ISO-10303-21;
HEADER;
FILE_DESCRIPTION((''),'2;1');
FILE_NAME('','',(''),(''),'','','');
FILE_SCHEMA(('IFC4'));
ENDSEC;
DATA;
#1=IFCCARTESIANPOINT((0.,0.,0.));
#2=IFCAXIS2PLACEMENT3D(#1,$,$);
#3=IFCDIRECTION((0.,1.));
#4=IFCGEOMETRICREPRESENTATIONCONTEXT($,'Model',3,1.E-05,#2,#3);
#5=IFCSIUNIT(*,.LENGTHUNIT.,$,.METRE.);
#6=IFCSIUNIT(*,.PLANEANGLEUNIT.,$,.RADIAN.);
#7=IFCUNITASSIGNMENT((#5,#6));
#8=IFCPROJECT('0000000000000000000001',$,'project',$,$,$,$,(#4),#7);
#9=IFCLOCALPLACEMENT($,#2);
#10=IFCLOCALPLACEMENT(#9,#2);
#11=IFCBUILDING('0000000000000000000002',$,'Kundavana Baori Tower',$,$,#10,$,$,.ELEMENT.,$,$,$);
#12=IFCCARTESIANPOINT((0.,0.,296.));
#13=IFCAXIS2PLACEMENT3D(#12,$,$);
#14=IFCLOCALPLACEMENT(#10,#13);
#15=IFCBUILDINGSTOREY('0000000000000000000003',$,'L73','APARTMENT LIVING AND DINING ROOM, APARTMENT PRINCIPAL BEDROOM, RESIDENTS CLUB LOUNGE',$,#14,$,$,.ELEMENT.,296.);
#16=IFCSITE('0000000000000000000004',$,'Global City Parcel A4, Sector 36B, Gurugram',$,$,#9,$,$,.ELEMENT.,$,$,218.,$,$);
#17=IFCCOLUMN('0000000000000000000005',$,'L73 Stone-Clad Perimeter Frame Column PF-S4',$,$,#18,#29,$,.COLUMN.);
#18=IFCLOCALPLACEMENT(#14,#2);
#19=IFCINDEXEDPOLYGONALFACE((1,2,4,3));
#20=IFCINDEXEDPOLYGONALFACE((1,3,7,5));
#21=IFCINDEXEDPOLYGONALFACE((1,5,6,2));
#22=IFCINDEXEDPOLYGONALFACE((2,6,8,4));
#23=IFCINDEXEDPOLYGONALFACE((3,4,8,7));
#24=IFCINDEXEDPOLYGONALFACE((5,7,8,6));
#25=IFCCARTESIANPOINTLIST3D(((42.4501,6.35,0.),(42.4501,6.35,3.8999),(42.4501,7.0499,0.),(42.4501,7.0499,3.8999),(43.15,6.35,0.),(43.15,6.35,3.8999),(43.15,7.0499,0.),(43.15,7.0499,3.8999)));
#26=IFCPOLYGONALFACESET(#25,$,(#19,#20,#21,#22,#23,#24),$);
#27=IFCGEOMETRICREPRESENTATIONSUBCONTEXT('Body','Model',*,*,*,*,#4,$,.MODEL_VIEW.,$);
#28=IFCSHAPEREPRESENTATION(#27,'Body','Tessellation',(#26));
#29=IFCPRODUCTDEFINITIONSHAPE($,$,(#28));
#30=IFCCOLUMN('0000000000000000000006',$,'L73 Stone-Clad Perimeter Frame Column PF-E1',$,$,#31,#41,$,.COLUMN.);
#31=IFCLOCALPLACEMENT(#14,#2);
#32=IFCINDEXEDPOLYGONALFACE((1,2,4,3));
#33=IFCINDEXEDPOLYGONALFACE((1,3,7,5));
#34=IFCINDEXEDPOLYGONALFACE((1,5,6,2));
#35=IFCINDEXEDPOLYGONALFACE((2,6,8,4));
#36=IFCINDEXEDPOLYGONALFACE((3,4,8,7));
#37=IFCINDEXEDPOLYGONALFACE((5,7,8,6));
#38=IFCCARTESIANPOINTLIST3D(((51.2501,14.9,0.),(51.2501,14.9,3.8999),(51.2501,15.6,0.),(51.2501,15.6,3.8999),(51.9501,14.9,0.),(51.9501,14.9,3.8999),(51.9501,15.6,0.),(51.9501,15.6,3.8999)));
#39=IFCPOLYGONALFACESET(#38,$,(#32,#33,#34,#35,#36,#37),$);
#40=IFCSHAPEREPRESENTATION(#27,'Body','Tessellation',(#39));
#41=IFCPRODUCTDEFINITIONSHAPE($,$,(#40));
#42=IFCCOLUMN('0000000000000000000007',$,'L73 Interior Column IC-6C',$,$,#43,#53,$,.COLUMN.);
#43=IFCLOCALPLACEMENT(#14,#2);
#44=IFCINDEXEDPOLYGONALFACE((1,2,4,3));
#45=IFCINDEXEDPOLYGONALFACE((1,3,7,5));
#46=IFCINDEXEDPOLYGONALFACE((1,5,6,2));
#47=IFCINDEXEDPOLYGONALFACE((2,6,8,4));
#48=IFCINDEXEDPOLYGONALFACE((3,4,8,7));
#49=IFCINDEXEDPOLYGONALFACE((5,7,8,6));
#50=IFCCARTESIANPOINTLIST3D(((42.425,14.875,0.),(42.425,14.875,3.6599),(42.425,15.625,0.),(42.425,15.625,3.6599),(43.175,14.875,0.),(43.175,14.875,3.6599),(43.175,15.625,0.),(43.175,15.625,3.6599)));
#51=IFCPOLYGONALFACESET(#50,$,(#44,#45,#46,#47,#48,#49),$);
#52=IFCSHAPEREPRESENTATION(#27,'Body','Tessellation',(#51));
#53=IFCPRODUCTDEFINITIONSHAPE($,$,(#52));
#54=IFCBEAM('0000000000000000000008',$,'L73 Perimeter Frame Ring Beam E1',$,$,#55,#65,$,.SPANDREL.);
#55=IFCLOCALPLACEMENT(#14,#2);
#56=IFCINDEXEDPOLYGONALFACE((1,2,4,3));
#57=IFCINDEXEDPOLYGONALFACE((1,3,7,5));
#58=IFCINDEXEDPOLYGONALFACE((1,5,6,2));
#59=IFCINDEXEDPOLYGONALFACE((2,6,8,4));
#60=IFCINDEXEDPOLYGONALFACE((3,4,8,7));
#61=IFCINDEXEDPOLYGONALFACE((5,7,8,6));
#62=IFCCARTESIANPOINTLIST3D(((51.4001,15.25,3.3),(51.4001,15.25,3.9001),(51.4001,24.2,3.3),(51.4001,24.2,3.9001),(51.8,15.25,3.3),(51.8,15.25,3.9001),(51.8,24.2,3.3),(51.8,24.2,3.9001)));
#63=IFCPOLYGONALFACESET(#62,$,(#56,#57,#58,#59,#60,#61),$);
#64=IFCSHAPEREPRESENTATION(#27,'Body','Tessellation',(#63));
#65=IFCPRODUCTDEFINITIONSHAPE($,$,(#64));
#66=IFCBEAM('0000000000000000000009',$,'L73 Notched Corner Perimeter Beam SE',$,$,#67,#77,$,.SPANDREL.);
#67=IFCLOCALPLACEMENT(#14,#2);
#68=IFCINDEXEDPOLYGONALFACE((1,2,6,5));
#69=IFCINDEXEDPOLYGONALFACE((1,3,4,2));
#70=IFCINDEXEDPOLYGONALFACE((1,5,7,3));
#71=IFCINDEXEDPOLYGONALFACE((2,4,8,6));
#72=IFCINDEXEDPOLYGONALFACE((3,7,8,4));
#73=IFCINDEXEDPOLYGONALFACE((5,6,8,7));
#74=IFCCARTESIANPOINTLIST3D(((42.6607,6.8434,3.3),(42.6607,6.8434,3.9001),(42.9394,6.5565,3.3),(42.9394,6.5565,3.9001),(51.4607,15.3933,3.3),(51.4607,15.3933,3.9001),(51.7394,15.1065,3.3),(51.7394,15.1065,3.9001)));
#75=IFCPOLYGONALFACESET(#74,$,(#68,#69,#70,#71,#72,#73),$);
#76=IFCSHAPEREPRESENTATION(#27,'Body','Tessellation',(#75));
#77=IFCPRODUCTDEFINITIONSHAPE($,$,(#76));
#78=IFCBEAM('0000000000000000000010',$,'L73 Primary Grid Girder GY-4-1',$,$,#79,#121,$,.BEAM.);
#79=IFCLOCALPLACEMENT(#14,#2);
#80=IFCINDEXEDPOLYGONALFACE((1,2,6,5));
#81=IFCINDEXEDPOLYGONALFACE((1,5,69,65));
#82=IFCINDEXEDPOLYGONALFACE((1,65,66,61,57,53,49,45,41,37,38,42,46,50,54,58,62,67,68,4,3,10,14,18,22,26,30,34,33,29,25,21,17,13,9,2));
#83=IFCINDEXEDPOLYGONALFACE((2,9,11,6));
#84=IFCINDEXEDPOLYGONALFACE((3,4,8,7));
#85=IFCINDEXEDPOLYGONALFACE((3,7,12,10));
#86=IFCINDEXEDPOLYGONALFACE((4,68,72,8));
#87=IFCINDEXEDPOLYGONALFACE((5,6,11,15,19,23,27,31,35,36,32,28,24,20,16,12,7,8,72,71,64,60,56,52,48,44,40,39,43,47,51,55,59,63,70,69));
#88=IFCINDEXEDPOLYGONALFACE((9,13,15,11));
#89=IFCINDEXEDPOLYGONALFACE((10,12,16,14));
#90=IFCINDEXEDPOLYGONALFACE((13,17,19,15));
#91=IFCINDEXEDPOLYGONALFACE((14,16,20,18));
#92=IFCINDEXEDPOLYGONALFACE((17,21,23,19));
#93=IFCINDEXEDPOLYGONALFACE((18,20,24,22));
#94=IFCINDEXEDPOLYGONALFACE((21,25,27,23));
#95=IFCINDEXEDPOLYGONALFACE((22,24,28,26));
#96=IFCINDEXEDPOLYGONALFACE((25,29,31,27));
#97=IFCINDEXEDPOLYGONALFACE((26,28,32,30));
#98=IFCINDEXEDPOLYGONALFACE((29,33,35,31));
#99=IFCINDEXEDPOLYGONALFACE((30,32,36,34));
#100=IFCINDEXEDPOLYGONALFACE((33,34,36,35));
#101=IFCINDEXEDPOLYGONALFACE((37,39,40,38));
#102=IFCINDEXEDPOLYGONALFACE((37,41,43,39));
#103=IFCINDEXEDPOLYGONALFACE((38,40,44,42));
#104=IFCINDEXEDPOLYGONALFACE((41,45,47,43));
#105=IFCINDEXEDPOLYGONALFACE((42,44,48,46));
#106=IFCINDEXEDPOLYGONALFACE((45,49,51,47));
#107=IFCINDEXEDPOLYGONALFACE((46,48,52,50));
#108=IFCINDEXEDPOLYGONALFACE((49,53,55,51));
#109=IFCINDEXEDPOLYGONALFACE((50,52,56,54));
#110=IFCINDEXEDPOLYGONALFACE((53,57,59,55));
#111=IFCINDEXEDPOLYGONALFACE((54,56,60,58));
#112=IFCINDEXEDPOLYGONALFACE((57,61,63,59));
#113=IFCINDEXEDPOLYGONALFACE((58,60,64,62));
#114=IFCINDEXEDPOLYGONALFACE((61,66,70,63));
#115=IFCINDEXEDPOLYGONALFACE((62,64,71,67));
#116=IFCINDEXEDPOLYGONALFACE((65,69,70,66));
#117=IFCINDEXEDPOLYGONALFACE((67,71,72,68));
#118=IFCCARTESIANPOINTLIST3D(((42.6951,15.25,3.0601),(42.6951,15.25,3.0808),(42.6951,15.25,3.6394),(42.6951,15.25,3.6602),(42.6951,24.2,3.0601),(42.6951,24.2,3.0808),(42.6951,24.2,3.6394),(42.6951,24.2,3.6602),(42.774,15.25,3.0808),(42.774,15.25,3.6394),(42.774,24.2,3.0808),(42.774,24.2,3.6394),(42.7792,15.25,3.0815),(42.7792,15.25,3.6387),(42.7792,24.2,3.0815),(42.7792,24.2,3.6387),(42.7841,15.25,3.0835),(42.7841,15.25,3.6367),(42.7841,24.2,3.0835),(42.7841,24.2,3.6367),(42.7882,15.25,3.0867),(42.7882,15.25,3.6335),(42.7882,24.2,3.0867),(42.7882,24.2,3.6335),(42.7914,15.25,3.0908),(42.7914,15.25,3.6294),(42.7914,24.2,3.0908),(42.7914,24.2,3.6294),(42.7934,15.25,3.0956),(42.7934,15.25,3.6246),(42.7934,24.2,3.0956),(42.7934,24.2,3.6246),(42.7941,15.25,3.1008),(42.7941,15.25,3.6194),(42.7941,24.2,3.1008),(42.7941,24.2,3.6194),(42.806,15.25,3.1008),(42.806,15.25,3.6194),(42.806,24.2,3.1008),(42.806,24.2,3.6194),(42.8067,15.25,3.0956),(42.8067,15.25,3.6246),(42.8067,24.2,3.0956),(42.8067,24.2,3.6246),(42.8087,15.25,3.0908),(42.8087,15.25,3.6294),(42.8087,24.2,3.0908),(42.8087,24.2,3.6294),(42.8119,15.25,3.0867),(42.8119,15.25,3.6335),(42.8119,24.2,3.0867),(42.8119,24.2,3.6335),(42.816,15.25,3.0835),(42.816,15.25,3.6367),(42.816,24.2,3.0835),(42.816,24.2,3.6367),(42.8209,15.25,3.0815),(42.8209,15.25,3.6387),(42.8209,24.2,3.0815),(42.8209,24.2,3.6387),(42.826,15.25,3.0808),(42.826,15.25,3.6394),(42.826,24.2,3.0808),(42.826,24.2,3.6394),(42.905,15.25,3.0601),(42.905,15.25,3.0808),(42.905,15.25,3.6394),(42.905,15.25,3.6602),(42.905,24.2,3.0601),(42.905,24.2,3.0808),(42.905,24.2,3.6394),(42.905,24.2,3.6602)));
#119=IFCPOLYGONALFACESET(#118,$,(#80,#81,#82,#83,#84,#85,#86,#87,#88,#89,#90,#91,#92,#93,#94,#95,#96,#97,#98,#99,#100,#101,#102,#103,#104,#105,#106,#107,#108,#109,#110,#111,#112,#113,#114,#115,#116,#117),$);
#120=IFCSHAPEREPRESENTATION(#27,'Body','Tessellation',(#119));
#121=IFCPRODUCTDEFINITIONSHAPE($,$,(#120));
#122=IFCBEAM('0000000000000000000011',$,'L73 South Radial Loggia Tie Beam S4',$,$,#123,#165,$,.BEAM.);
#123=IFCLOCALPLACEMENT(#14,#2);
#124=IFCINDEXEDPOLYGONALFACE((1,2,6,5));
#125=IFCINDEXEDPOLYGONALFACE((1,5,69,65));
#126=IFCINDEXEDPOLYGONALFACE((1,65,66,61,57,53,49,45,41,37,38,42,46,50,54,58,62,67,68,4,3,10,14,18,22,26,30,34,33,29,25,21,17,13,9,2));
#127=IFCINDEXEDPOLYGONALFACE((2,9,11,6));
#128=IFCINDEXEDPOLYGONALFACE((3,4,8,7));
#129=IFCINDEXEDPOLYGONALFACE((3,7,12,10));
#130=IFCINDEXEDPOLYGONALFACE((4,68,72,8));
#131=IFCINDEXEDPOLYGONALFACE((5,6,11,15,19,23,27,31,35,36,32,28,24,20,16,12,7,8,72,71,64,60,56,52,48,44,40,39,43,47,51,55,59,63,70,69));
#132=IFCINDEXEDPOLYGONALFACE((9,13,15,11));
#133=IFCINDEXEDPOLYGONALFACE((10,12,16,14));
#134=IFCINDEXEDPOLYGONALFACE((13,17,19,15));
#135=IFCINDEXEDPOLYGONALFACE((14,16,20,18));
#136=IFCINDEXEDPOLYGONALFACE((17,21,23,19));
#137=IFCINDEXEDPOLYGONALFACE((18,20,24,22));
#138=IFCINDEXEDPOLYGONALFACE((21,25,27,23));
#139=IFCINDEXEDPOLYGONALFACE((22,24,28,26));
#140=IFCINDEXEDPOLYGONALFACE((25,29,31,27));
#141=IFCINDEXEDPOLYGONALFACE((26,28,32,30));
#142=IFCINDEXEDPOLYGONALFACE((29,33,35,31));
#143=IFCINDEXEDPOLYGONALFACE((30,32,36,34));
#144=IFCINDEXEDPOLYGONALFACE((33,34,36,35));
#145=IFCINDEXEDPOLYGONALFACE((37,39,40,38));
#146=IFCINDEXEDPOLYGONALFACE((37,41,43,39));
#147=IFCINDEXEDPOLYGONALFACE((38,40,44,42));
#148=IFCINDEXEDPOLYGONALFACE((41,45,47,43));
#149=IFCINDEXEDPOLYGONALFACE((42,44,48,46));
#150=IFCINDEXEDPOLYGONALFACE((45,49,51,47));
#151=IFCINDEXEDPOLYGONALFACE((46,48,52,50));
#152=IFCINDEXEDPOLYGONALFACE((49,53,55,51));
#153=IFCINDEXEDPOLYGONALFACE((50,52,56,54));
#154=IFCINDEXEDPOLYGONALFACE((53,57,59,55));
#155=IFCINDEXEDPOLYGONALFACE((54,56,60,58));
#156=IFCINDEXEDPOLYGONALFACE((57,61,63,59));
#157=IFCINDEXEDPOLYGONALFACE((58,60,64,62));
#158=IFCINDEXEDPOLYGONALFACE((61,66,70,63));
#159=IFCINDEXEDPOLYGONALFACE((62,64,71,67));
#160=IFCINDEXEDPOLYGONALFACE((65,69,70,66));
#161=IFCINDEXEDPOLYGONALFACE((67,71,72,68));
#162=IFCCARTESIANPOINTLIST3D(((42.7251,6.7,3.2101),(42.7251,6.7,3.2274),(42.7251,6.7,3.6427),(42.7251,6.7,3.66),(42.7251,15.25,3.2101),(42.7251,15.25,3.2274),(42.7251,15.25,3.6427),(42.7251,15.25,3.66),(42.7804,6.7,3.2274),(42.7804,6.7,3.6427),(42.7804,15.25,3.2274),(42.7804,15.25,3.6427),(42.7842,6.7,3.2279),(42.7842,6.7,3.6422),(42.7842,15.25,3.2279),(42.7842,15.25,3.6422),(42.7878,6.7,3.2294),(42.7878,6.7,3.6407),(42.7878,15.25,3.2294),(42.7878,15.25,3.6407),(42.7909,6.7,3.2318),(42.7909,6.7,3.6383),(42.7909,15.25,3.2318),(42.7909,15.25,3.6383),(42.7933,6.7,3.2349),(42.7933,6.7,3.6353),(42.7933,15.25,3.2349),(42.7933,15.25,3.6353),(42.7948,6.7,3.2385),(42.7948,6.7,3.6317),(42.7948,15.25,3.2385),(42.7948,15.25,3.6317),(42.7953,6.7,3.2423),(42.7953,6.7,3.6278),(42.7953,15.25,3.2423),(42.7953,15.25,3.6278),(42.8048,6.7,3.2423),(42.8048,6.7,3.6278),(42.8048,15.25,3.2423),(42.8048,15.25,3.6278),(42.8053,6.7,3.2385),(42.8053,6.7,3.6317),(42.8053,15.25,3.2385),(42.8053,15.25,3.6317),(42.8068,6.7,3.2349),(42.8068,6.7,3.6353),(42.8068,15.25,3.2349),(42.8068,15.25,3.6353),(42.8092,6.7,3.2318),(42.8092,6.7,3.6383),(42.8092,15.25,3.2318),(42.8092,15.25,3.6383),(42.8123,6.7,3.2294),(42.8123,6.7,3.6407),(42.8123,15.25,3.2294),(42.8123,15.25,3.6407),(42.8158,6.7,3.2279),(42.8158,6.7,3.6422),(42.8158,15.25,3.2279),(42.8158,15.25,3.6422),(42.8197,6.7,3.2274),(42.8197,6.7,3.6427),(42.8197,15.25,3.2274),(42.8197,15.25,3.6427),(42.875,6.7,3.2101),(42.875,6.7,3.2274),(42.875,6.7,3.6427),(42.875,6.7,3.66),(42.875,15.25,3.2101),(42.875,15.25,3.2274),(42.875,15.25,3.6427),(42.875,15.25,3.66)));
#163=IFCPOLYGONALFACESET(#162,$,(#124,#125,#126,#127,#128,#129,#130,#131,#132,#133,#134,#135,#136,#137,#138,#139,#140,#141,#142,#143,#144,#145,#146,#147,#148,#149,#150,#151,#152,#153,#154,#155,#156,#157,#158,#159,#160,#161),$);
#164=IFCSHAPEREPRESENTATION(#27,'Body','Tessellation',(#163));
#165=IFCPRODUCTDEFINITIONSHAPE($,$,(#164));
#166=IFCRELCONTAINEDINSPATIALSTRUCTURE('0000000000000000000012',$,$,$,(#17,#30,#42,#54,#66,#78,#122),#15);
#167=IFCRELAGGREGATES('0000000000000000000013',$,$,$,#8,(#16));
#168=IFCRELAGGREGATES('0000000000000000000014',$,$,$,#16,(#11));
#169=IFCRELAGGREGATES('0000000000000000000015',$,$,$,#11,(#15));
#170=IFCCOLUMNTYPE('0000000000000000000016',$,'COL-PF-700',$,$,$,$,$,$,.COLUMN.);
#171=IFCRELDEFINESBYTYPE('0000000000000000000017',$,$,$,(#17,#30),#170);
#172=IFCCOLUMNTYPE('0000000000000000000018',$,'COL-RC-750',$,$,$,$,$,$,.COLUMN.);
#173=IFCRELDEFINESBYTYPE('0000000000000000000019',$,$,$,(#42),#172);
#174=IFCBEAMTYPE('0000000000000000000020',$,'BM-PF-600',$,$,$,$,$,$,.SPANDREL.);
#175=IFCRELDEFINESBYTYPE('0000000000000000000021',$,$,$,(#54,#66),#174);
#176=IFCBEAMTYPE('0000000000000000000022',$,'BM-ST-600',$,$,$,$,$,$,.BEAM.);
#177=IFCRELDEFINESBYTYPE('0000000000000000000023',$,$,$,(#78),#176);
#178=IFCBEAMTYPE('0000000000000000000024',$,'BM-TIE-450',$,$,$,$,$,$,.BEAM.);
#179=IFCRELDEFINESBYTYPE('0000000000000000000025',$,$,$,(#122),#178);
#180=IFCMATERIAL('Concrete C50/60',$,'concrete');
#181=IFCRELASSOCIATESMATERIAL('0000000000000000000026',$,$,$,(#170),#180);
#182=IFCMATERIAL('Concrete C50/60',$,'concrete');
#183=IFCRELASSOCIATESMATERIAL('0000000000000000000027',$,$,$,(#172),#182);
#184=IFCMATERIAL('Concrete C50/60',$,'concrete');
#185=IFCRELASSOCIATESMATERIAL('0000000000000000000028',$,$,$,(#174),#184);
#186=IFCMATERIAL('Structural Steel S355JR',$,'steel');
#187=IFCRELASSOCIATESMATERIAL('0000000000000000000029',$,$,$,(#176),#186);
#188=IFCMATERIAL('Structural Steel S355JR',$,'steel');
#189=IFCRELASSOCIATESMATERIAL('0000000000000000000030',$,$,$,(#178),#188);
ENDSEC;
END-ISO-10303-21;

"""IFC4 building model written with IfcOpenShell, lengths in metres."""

from ifc_helpers import new_model, si_unit, direction, frame, origin, origin_2d, place, context, subcontext, project, spatial, rectangle, i_section, extrude, material, material_profile, profile_set, type_object, element, save


model = new_model("IFC4")

# Units and contexts
model_context = context("Model", 3, precision=1e-05, world=origin(), true_north=direction((0.0, 1.0)))
body_context = subcontext(model_context, "Body", "Model", "MODEL_VIEW")
ifc_project = project(units=[si_unit("LENGTHUNIT", "METRE"), si_unit("PLANEANGLEUNIT", "RADIAN")], contexts=[model_context])

# Site, building, storey
site_placement = place(None, origin())
site = spatial("IfcSite", under=ifc_project, at=site_placement, Name="Global City Parcel A4, Sector 36B, Gurugram", CompositionType="ELEMENT", RefElevation=218.0)
building_placement = place(site_placement, origin())
building = spatial("IfcBuilding", under=site, at=building_placement, Name="Kundavana Baori Tower", CompositionType="ELEMENT")
storey_placement = place(building_placement, frame((0.0, 0.0, 296.0)))
storey = spatial("IfcBuildingStorey", under=building, at=storey_placement, Name="L73", Description="APARTMENT LIVING AND DINING ROOM, APARTMENT PRINCIPAL BEDROOM, RESIDENTS CLUB LOUNGE", CompositionType="ELEMENT", Elevation=296.0)

# Columns
ifc_material_1 = material(Name="Concrete C50/60", Category="concrete")
ifc_material_profile_1 = material_profile(ifc_material_1, rectangle(XDim=0.7, YDim=0.7, at=origin_2d()), Name="RC PF 700x700")
ifc_profile_set_1 = profile_set([ifc_material_profile_1], Name="Concrete C50/60")
column_type_1 = type_object("IfcColumnType", Name="COL-PF-700", PredefinedType="COLUMN", material=ifc_profile_set_1)
for number, where, z_axis, x_axis, name in (
    (1, (42.8, 6.7, 0.0), (0.0, 0.0, 1.0), (1.0, 0.0, 0.0), "L73 Stone-Clad Perimeter Frame Column PF-S4"),
    (2, (51.6001, 15.25, 0.0), (0.0, 0.0, 1.0), (1.0, 0.0, 0.0), "L73 Stone-Clad Perimeter Frame Column PF-E1"),
):
    element("IfcColumn", number, at=place(storey_placement, frame(where, z_axis=z_axis, x_axis=x_axis)), inside=storey, type_object=column_type_1, Name=name, PredefinedType="COLUMN", context=body_context, shape_type="SweptSolid", body=[
        extrude(rectangle(XDim=0.7, YDim=0.7, at=origin_2d()), origin(), (0.0, 0.0, 1.0), 3.8999),
    ])
ifc_material_2 = material(Name="Concrete C50/60", Category="concrete")
ifc_material_profile_2 = material_profile(ifc_material_2, rectangle(XDim=0.75, YDim=0.75, at=origin_2d()), Name="RC 750x750")
ifc_profile_set_2 = profile_set([ifc_material_profile_2], Name="Concrete C50/60")
column_type_2 = type_object("IfcColumnType", Name="COL-RC-750", PredefinedType="COLUMN", material=ifc_profile_set_2)
column_placement = place(storey_placement, frame((42.8, 15.25, 0.0), z_axis=(0.0, 0.0, 1.0), x_axis=(1.0, 0.0, 0.0)))
element("IfcColumn", 3, at=column_placement, inside=storey, type_object=column_type_2, Name="L73 Interior Column IC-6C", PredefinedType="COLUMN", context=body_context, shape_type="SweptSolid", body=[
    extrude(rectangle(XDim=0.75, YDim=0.75, at=origin_2d()), origin(), (0.0, 0.0, 1.0), 3.6599),
])

# Beams
ifc_material_3 = material(Name="Concrete C50/60", Category="concrete")
ifc_material_profile_3 = material_profile(ifc_material_3, rectangle(XDim=0.3999, YDim=0.6001, at=origin_2d()), Name="RC BM 400x600")
ifc_profile_set_3 = profile_set([ifc_material_profile_3], Name="Concrete C50/60")
beam_type_1 = type_object("IfcBeamType", Name="BM-PF-600", PredefinedType="SPANDREL", material=ifc_profile_set_3)
beam_1_placement = place(storey_placement, frame((51.6001, 15.25, 3.6001), z_axis=(0.0, 1.0, 0.0), x_axis=(-1.0, 0.0, 0.0)))
element("IfcBeam", 4, at=beam_1_placement, inside=storey, type_object=beam_type_1, Name="L73 Perimeter Frame Ring Beam E1", PredefinedType="SPANDREL", context=body_context, shape_type="SweptSolid", body=[
    extrude(rectangle(XDim=0.3999, YDim=0.6001, at=origin_2d()), origin(), (0.0, 0.0, 1.0), 8.95),
])
beam_2_placement = place(storey_placement, frame((42.8, 6.7, 3.6001), z_axis=(0.717221, 0.696846, 0.0), x_axis=(-0.696846, 0.717221, 0.0)))
element("IfcBeam", 5, at=beam_2_placement, inside=storey, type_object=beam_type_1, Name="L73 Notched Corner Perimeter Beam SE", PredefinedType="SPANDREL", context=body_context, shape_type="SweptSolid", body=[
    extrude(rectangle(XDim=0.3999, YDim=0.6001, at=origin_2d()), origin(), (0.0, 0.0, 1.0), 12.2695),
])
ifc_material_4 = material(Name="Structural Steel S355JR", Category="steel")
ifc_material_profile_4 = material_profile(ifc_material_4, i_section(OverallWidth=0.21, OverallDepth=0.6001, WebThickness=0.012, FlangeThickness=0.0208, FilletRadius=0.02, at=origin_2d()), Name="ISMB 600")
ifc_profile_set_4 = profile_set([ifc_material_profile_4], Name="Structural Steel S355JR")
beam_type_2 = type_object("IfcBeamType", Name="BM-ST-600", PredefinedType="BEAM", material=ifc_profile_set_4)
beam_3_placement = place(storey_placement, frame((42.8, 15.25, 3.3601), z_axis=(0.0, 1.0, 0.0), x_axis=(-1.0, 0.0, 0.0)))
element("IfcBeam", 6, at=beam_3_placement, inside=storey, type_object=beam_type_2, Name="L73 Primary Grid Girder GY-4-1", PredefinedType="BEAM", context=body_context, shape_type="SweptSolid", body=[
    extrude(i_section(OverallWidth=0.21, OverallDepth=0.6001, WebThickness=0.012, FlangeThickness=0.0208, FilletRadius=0.02, at=origin_2d()), origin(), (0.0, 0.0, 1.0), 8.95),
])
ifc_material_5 = material(Name="Structural Steel S355JR", Category="steel")
ifc_material_profile_5 = material_profile(ifc_material_5, i_section(OverallWidth=0.1499, OverallDepth=0.45, WebThickness=0.0095, FlangeThickness=0.0173, FilletRadius=0.0149, at=origin_2d()), Name="ISMB 450")
ifc_profile_set_5 = profile_set([ifc_material_profile_5], Name="Structural Steel S355JR")
beam_type_3 = type_object("IfcBeamType", Name="BM-TIE-450", PredefinedType="BEAM", material=ifc_profile_set_5)
beam_4_placement = place(storey_placement, frame((42.8, 15.25, 3.4351), z_axis=(0.0, -1.0, 0.0), x_axis=(1.0, 0.0, 0.0)))
element("IfcBeam", 7, at=beam_4_placement, inside=storey, type_object=beam_type_3, Name="L73 South Radial Loggia Tie Beam S4", PredefinedType="BEAM", context=body_context, shape_type="SweptSolid", body=[
    extrude(i_section(OverallWidth=0.1499, OverallDepth=0.45, WebThickness=0.0095, FlangeThickness=0.0173, FilletRadius=0.0149, at=origin_2d()), origin(), (0.0, 0.0, 1.0), 8.55),
])

save(model, "model.ifc")
